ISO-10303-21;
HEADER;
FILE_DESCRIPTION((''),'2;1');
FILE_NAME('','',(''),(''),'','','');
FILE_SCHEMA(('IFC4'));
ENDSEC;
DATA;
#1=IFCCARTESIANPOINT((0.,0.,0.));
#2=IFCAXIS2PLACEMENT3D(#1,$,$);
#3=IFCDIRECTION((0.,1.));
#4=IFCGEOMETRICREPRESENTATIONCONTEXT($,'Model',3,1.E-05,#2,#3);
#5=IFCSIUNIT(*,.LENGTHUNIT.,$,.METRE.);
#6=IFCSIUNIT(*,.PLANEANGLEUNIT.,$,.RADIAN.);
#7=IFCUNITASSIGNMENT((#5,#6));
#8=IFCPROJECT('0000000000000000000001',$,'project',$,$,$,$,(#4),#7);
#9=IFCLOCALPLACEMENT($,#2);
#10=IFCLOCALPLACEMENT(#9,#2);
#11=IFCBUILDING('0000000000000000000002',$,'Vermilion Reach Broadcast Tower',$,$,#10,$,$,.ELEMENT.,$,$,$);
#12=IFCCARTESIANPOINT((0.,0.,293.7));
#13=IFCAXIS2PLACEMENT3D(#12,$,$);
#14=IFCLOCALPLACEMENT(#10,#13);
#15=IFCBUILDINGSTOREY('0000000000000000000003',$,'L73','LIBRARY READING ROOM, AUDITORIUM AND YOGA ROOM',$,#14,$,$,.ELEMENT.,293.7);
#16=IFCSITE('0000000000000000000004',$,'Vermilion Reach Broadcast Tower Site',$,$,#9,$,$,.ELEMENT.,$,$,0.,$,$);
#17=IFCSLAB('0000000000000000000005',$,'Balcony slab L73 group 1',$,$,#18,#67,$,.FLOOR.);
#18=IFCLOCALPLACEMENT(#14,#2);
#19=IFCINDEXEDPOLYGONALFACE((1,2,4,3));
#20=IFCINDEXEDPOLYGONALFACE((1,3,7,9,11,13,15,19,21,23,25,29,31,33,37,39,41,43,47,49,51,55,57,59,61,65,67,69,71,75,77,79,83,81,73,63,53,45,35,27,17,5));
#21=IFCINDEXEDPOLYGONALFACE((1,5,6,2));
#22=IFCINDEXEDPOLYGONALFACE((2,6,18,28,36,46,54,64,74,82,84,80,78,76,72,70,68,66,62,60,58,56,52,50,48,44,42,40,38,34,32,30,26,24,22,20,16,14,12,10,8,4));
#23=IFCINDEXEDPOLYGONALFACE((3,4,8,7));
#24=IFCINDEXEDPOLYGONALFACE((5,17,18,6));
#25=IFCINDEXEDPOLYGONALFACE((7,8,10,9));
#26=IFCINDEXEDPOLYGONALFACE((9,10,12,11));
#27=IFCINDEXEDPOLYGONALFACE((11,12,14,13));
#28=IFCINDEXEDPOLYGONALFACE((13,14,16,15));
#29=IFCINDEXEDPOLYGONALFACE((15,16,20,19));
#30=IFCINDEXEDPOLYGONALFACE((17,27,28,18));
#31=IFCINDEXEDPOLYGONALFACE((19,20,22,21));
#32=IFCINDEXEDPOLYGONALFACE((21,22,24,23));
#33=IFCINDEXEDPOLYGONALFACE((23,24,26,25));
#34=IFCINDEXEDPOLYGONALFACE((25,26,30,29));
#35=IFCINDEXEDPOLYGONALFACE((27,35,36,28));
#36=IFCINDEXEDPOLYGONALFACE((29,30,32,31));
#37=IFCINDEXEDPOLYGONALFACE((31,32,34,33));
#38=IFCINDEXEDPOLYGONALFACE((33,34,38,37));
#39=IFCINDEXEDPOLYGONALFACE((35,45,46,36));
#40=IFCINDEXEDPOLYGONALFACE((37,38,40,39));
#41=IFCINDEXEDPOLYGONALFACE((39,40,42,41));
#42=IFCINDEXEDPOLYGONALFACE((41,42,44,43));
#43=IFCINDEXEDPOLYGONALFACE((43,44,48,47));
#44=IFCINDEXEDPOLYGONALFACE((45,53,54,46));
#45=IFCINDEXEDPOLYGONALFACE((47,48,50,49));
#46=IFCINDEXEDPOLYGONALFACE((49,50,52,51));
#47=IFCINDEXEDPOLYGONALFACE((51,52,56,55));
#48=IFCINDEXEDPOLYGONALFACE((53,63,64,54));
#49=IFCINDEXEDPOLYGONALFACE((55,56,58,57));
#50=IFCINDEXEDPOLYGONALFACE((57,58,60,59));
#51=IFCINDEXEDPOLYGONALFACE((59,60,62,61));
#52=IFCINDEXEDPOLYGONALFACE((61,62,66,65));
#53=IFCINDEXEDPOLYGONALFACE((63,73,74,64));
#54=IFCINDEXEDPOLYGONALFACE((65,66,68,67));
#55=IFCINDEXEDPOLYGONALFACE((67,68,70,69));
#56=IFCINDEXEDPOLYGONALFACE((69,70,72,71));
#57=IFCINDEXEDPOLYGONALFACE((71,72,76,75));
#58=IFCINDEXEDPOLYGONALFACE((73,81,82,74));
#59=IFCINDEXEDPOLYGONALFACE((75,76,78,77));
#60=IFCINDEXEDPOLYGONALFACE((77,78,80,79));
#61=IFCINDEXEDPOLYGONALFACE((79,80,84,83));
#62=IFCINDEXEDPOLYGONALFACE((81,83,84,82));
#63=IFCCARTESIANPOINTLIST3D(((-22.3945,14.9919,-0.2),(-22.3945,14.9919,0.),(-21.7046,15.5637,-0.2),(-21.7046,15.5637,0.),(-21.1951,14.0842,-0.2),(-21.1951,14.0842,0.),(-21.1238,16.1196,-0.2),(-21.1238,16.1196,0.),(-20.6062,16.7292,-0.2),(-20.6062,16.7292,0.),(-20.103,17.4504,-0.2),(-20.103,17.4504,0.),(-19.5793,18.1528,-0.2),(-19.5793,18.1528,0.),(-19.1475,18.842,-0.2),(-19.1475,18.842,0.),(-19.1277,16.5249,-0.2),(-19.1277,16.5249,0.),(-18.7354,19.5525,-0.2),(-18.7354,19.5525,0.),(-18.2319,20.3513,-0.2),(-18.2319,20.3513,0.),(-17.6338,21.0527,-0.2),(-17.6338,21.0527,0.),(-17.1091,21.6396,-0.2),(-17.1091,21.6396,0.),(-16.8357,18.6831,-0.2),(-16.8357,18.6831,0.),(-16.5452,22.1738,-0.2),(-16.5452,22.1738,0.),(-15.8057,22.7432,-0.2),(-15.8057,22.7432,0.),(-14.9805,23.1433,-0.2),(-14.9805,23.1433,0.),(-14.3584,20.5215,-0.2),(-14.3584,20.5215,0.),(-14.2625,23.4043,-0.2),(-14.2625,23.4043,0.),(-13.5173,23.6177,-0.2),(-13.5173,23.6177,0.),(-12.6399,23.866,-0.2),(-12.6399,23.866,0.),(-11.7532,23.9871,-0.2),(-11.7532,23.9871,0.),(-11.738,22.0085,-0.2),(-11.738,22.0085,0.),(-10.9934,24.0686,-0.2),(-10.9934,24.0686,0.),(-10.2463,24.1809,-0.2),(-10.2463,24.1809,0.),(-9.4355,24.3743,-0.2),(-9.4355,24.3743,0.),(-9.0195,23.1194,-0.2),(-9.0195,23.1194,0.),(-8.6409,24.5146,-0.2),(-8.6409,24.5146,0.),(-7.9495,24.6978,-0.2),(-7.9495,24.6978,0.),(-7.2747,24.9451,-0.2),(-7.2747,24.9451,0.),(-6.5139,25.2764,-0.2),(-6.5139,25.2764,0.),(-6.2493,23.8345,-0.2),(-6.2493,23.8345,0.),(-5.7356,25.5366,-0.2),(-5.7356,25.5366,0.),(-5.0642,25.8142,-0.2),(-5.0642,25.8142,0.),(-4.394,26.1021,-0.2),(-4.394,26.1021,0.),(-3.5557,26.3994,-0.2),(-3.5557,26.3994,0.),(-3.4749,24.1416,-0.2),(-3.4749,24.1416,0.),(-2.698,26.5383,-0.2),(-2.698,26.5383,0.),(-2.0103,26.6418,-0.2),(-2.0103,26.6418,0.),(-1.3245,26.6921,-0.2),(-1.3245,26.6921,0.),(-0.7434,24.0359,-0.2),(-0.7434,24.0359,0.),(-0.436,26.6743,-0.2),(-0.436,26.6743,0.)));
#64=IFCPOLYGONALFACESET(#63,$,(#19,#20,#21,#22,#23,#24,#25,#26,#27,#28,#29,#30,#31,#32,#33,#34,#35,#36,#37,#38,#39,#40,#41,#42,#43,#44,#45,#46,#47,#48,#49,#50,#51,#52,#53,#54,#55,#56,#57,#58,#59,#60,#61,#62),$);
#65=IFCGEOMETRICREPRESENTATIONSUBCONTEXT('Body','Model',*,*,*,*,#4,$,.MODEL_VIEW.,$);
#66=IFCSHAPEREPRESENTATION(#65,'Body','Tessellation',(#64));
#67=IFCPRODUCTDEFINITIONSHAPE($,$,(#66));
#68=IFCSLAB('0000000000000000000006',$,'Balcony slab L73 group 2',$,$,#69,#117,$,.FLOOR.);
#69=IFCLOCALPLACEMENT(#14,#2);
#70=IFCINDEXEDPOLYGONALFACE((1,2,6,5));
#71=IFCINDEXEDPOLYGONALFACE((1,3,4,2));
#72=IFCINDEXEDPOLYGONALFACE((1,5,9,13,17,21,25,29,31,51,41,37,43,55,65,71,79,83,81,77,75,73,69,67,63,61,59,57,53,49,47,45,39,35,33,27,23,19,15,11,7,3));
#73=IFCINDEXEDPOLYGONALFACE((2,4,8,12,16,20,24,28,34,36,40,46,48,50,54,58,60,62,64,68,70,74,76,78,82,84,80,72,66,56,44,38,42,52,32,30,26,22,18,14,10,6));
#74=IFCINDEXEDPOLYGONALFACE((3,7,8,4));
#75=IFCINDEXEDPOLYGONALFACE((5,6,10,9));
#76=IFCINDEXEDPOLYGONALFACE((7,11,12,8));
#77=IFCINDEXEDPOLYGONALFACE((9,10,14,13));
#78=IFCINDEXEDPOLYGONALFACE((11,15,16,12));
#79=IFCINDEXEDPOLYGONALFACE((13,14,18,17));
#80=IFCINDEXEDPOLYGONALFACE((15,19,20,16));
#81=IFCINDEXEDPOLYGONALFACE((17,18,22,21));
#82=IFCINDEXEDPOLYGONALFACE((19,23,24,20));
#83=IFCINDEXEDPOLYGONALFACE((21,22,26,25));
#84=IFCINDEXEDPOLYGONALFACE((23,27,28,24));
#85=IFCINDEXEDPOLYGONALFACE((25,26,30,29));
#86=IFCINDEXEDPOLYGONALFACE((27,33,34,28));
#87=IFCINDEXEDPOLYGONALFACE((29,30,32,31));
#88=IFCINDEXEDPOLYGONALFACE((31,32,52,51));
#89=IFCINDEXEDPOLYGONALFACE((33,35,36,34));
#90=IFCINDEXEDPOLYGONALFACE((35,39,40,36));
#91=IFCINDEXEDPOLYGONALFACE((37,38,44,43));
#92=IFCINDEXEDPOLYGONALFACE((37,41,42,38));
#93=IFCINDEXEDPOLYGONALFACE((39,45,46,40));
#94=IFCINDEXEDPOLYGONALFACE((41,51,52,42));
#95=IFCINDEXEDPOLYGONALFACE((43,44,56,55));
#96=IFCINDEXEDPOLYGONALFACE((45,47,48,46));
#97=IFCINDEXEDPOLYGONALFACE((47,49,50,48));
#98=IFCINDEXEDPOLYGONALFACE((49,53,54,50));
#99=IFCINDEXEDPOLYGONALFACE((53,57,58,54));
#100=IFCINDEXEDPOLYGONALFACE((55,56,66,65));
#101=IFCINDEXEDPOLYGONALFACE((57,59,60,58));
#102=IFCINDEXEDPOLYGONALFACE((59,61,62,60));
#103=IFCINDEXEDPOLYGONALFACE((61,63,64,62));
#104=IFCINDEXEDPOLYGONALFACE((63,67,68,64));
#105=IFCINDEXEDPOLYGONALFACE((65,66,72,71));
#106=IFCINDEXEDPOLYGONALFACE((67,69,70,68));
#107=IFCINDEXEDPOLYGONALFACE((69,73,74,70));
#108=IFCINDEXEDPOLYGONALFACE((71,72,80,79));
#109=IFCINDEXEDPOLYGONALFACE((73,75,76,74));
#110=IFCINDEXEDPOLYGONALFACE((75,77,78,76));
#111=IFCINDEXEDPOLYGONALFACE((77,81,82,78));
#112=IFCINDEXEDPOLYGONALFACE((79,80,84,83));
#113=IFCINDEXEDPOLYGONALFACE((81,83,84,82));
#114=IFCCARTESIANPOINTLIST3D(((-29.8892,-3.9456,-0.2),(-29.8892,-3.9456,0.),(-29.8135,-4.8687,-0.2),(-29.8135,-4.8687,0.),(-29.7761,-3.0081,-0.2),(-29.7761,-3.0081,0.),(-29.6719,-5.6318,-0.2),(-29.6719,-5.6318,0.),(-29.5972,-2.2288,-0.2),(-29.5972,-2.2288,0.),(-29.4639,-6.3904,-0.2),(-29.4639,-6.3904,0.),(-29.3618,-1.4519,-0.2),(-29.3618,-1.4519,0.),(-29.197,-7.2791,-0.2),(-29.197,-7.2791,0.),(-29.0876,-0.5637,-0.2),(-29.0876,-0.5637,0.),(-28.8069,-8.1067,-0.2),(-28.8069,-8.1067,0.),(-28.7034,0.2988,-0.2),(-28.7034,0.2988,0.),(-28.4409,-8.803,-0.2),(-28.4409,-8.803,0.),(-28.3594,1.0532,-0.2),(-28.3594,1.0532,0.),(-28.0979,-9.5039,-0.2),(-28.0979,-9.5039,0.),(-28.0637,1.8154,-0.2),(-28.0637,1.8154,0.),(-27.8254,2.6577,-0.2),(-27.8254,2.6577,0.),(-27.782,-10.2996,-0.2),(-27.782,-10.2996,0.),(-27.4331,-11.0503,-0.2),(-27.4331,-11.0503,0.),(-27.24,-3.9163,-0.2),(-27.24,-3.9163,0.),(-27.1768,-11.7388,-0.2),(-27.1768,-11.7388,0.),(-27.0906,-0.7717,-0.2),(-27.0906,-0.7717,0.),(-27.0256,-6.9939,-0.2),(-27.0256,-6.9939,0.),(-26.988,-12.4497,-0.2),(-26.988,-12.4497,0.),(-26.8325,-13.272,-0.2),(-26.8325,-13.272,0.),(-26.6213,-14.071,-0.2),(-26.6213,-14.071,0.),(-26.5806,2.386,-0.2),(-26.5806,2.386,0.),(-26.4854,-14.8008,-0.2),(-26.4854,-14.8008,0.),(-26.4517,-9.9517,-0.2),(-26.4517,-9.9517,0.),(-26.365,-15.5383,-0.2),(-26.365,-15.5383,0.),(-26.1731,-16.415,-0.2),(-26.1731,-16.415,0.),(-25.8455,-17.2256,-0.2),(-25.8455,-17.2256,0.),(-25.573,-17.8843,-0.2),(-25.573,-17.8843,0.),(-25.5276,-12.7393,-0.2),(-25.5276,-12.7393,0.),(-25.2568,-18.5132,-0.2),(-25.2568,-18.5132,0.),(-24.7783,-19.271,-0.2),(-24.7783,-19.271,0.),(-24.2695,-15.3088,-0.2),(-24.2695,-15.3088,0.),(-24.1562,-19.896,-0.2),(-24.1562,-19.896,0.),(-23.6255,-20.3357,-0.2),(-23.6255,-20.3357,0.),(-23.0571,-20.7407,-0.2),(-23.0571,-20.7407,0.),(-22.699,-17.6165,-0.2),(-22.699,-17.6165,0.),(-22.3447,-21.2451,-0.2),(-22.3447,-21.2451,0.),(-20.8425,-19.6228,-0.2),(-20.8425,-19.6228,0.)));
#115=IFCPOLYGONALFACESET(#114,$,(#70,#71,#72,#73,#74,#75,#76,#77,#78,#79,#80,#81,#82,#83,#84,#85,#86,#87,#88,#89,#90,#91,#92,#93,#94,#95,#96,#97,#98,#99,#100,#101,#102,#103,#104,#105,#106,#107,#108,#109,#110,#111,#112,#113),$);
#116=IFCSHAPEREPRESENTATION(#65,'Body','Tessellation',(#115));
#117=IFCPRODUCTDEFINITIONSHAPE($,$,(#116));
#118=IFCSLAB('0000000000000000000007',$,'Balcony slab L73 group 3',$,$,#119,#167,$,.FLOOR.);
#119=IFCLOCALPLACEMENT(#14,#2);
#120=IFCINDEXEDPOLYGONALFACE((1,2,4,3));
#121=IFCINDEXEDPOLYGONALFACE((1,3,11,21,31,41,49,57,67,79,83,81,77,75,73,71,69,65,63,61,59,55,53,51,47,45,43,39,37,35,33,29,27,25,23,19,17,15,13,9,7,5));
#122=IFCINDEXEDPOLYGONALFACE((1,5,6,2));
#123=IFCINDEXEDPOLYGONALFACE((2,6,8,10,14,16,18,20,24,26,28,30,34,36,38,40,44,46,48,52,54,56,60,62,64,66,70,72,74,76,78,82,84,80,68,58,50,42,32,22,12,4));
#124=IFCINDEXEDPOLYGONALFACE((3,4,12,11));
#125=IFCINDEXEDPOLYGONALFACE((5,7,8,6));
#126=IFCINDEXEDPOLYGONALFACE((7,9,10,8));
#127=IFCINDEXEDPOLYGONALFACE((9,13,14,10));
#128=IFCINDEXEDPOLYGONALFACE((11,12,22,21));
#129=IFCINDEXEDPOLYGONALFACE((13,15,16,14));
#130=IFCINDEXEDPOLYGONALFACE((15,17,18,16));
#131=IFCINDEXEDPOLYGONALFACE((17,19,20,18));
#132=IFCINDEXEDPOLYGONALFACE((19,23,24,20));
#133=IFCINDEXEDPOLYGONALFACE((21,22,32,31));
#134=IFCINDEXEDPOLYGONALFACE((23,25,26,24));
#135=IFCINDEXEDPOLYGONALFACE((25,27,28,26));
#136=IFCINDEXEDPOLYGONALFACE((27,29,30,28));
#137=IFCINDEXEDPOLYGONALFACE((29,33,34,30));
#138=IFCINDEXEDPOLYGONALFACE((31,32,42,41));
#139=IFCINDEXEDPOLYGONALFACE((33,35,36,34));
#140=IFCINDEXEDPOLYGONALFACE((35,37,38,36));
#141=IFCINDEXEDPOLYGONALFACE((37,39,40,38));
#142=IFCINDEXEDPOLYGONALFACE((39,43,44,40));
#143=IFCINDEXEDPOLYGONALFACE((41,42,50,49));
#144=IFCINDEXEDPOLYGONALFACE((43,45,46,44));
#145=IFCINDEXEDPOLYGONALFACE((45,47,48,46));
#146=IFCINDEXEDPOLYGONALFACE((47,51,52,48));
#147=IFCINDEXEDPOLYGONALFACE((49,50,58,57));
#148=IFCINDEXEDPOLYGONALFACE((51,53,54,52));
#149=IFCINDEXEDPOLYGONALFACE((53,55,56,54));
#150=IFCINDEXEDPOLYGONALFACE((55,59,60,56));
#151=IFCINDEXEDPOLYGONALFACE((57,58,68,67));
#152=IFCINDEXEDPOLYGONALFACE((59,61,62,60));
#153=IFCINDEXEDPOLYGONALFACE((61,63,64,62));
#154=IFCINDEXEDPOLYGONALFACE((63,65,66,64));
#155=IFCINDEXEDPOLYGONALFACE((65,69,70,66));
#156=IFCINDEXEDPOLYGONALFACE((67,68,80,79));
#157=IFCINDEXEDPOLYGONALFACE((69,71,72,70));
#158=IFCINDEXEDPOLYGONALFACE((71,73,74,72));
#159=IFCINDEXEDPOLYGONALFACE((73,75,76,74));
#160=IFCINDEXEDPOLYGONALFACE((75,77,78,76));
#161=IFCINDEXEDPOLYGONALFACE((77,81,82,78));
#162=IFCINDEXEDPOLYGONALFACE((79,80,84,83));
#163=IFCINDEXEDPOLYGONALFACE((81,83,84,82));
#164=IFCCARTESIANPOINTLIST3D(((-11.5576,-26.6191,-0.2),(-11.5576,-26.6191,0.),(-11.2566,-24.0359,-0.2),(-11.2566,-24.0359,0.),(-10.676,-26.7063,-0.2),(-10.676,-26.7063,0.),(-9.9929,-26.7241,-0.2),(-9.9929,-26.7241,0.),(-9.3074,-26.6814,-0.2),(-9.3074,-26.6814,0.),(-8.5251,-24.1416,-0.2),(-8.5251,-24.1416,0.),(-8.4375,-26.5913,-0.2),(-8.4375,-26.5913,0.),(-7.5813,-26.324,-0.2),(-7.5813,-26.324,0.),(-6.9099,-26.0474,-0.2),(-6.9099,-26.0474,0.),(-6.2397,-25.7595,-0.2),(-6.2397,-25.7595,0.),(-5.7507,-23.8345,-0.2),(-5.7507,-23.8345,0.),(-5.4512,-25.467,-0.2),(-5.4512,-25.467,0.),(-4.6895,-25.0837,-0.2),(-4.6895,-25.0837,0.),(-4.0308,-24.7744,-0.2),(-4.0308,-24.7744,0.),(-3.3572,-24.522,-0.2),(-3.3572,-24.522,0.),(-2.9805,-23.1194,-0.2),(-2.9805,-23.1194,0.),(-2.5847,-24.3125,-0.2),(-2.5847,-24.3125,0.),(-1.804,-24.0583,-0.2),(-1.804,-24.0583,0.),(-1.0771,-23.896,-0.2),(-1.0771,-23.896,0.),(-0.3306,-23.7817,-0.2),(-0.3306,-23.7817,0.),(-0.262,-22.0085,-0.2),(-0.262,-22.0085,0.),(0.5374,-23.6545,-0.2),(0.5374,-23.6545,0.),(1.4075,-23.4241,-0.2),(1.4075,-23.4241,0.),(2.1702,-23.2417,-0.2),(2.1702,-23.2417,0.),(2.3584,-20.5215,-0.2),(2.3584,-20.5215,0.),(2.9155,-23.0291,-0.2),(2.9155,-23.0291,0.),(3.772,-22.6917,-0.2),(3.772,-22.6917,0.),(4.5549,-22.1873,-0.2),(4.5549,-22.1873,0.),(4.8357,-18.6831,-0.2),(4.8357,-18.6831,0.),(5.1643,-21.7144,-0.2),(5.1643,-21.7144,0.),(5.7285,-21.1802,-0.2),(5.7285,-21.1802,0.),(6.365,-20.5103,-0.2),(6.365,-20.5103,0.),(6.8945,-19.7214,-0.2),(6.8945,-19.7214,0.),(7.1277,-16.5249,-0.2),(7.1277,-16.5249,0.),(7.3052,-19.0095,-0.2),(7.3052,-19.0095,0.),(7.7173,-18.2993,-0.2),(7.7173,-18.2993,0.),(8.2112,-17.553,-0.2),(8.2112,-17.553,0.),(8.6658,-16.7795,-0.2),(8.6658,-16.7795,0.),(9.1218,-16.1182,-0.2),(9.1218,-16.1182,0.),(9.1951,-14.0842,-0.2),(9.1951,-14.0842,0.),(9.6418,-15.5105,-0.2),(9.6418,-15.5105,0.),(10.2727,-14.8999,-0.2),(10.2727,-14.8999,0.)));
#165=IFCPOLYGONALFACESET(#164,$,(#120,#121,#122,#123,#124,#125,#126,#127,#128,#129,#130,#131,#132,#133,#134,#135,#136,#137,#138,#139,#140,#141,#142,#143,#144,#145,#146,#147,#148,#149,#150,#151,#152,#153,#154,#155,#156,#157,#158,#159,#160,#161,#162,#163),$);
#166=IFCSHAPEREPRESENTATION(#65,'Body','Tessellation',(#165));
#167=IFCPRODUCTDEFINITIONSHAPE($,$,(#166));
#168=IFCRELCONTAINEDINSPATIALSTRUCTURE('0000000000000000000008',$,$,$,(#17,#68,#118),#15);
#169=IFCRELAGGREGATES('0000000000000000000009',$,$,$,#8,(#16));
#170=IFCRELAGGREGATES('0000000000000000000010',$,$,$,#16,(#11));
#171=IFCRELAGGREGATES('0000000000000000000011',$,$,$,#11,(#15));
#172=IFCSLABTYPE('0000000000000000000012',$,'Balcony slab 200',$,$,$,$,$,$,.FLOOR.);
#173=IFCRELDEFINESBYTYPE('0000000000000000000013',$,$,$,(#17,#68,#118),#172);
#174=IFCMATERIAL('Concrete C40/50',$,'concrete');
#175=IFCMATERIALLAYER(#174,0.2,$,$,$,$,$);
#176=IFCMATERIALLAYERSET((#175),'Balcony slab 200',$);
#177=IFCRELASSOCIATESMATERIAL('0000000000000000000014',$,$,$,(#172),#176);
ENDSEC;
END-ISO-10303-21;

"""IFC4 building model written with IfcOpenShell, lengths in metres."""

from ifc_helpers import new_model, si_unit, direction, frame, origin, place, context, subcontext, project, spatial, polyline, outline, extrude, material, layer, layer_set, type_object, element, save


model = new_model("IFC4")

# Units and contexts
model_context = context("Model", 3, precision=1e-05, world=origin(), true_north=direction((0.0, 1.0)))
body_context = subcontext(model_context, "Body", "Model", "MODEL_VIEW")
ifc_project = project(units=[si_unit("LENGTHUNIT", "METRE"), si_unit("PLANEANGLEUNIT", "RADIAN")], contexts=[model_context])

# Site, building, storey
site_placement = place(None, origin())
site = spatial("IfcSite", under=ifc_project, at=site_placement, Name="Vermilion Reach Broadcast Tower Site", CompositionType="ELEMENT", RefElevation=0.0)
building_placement = place(site_placement, origin())
building = spatial("IfcBuilding", under=site, at=building_placement, Name="Vermilion Reach Broadcast Tower", CompositionType="ELEMENT")
storey_placement = place(building_placement, frame((0.0, 0.0, 293.7)))
storey = spatial("IfcBuildingStorey", under=building, at=storey_placement, Name="L73", Description="LIBRARY READING ROOM, AUDITORIUM AND YOGA ROOM", CompositionType="ELEMENT", Elevation=293.7)

# Slabs
ifc_material_1 = material(Name="Concrete C40/50", Category="concrete")
ifc_layer_1 = layer(ifc_material_1, 0.2)
ifc_layer_set_1 = layer_set([ifc_layer_1], Name="Balcony slab 200")
slab_type_1 = type_object("IfcSlabType", Name="Balcony slab 200", PredefinedType="FLOOR", material=ifc_layer_set_1)
placement_1 = place(storey_placement, frame((0.0, 0.0, -0.2)))
element("IfcSlab", 1, at=placement_1, inside=storey, type_object=slab_type_1, Name="Balcony slab L73 group 1", PredefinedType="FLOOR", context=body_context, shape_type="SweptSolid", body=[
    extrude(outline(polyline([(-0.7434, 24.0359), (-3.4749, 24.1416), (-6.2493, 23.8345), (-9.0195, 23.1194), (-11.738, 22.0085), (-14.3584, 20.5215), (-16.8357, 18.6831), (-19.1277, 16.5249), (-21.1951, 14.0842), (-22.3945, 14.9919), (-21.7046, 15.5637), (-21.1238, 16.1196), (-20.6062, 16.7292), (-20.103, 17.4504), (-19.5793, 18.1528), (-19.1475, 18.842), (-18.7354, 19.5525), (-18.2319, 20.3513), (-17.6338, 21.0527), (-17.1091, 21.6396), (-16.5452, 22.1738), (-15.8057, 22.7432), (-14.9805, 23.1433), (-14.2625, 23.4043), (-13.5173, 23.6177), (-12.6399, 23.866), (-11.7532, 23.9871), (-10.9934, 24.0686), (-10.2463, 24.1809), (-9.4355, 24.3743), (-8.6409, 24.5146), (-7.9495, 24.6978), (-7.2747, 24.9451), (-6.5139, 25.2764), (-5.7356, 25.5366), (-5.0642, 25.8142), (-4.394, 26.1021), (-3.5557, 26.3994), (-2.698, 26.5383), (-2.0103, 26.6418), (-1.3245, 26.6921), (-0.436, 26.6743), (-0.7434, 24.0359)])), origin(), (0.0, 0.0, 1.0), 0.2),
])
element("IfcSlab", 2, at=placement_1, inside=storey, type_object=slab_type_1, Name="Balcony slab L73 group 2", PredefinedType="FLOOR", context=body_context, shape_type="SweptSolid", body=[
    extrude(outline(polyline([(-26.5806, 2.386), (-27.0906, -0.7717), (-27.24, -3.9163), (-27.0256, -6.9939), (-26.4517, -9.9517), (-25.5276, -12.7393), (-24.2695, -15.3088), (-22.699, -17.6165), (-20.8425, -19.6228), (-22.3447, -21.2451), (-23.0571, -20.7407), (-23.6255, -20.3357), (-24.1562, -19.896), (-24.7783, -19.271), (-25.2568, -18.5132), (-25.573, -17.8843), (-25.8455, -17.2256), (-26.1731, -16.415), (-26.365, -15.5383), (-26.4854, -14.8008), (-26.6213, -14.071), (-26.8325, -13.272), (-26.988, -12.4497), (-27.1768, -11.7388), (-27.4331, -11.0503), (-27.782, -10.2996), (-28.0979, -9.5039), (-28.4409, -8.803), (-28.8069, -8.1067), (-29.197, -7.2791), (-29.4639, -6.3904), (-29.6719, -5.6318), (-29.8135, -4.8687), (-29.8892, -3.9456), (-29.7761, -3.0081), (-29.5972, -2.2288), (-29.3618, -1.4519), (-29.0876, -0.5637), (-28.7034, 0.2988), (-28.3594, 1.0532), (-28.0637, 1.8154), (-27.8254, 2.6577), (-26.5806, 2.386)])), origin(), (0.0, 0.0, 1.0), 0.2),
])
element("IfcSlab", 3, at=placement_1, inside=storey, type_object=slab_type_1, Name="Balcony slab L73 group 3", PredefinedType="FLOOR", context=body_context, shape_type="SweptSolid", body=[
    extrude(outline(polyline([(-11.2566, -24.0359), (-8.5251, -24.1416), (-5.7507, -23.8345), (-2.9805, -23.1194), (-0.262, -22.0085), (2.3584, -20.5215), (4.8357, -18.6831), (7.1277, -16.5249), (9.1951, -14.0842), (10.2727, -14.8999), (9.6418, -15.5105), (9.1218, -16.1182), (8.6658, -16.7795), (8.2112, -17.553), (7.7173, -18.2993), (7.3052, -19.0095), (6.8945, -19.7214), (6.365, -20.5103), (5.7285, -21.1802), (5.1643, -21.7144), (4.5549, -22.1873), (3.772, -22.6917), (2.9155, -23.0291), (2.1702, -23.2417), (1.4075, -23.4241), (0.5374, -23.6545), (-0.3306, -23.7817), (-1.0771, -23.896), (-1.804, -24.0583), (-2.5847, -24.3125), (-3.3572, -24.522), (-4.0308, -24.7744), (-4.6895, -25.0837), (-5.4512, -25.467), (-6.2397, -25.7595), (-6.9099, -26.0474), (-7.5813, -26.324), (-8.4375, -26.5913), (-9.3074, -26.6814), (-9.9929, -26.7241), (-10.676, -26.7063), (-11.5576, -26.6191), (-11.2566, -24.0359)])), origin(), (0.0, 0.0, 1.0), 0.2),
])

save(model, "model.ifc")
